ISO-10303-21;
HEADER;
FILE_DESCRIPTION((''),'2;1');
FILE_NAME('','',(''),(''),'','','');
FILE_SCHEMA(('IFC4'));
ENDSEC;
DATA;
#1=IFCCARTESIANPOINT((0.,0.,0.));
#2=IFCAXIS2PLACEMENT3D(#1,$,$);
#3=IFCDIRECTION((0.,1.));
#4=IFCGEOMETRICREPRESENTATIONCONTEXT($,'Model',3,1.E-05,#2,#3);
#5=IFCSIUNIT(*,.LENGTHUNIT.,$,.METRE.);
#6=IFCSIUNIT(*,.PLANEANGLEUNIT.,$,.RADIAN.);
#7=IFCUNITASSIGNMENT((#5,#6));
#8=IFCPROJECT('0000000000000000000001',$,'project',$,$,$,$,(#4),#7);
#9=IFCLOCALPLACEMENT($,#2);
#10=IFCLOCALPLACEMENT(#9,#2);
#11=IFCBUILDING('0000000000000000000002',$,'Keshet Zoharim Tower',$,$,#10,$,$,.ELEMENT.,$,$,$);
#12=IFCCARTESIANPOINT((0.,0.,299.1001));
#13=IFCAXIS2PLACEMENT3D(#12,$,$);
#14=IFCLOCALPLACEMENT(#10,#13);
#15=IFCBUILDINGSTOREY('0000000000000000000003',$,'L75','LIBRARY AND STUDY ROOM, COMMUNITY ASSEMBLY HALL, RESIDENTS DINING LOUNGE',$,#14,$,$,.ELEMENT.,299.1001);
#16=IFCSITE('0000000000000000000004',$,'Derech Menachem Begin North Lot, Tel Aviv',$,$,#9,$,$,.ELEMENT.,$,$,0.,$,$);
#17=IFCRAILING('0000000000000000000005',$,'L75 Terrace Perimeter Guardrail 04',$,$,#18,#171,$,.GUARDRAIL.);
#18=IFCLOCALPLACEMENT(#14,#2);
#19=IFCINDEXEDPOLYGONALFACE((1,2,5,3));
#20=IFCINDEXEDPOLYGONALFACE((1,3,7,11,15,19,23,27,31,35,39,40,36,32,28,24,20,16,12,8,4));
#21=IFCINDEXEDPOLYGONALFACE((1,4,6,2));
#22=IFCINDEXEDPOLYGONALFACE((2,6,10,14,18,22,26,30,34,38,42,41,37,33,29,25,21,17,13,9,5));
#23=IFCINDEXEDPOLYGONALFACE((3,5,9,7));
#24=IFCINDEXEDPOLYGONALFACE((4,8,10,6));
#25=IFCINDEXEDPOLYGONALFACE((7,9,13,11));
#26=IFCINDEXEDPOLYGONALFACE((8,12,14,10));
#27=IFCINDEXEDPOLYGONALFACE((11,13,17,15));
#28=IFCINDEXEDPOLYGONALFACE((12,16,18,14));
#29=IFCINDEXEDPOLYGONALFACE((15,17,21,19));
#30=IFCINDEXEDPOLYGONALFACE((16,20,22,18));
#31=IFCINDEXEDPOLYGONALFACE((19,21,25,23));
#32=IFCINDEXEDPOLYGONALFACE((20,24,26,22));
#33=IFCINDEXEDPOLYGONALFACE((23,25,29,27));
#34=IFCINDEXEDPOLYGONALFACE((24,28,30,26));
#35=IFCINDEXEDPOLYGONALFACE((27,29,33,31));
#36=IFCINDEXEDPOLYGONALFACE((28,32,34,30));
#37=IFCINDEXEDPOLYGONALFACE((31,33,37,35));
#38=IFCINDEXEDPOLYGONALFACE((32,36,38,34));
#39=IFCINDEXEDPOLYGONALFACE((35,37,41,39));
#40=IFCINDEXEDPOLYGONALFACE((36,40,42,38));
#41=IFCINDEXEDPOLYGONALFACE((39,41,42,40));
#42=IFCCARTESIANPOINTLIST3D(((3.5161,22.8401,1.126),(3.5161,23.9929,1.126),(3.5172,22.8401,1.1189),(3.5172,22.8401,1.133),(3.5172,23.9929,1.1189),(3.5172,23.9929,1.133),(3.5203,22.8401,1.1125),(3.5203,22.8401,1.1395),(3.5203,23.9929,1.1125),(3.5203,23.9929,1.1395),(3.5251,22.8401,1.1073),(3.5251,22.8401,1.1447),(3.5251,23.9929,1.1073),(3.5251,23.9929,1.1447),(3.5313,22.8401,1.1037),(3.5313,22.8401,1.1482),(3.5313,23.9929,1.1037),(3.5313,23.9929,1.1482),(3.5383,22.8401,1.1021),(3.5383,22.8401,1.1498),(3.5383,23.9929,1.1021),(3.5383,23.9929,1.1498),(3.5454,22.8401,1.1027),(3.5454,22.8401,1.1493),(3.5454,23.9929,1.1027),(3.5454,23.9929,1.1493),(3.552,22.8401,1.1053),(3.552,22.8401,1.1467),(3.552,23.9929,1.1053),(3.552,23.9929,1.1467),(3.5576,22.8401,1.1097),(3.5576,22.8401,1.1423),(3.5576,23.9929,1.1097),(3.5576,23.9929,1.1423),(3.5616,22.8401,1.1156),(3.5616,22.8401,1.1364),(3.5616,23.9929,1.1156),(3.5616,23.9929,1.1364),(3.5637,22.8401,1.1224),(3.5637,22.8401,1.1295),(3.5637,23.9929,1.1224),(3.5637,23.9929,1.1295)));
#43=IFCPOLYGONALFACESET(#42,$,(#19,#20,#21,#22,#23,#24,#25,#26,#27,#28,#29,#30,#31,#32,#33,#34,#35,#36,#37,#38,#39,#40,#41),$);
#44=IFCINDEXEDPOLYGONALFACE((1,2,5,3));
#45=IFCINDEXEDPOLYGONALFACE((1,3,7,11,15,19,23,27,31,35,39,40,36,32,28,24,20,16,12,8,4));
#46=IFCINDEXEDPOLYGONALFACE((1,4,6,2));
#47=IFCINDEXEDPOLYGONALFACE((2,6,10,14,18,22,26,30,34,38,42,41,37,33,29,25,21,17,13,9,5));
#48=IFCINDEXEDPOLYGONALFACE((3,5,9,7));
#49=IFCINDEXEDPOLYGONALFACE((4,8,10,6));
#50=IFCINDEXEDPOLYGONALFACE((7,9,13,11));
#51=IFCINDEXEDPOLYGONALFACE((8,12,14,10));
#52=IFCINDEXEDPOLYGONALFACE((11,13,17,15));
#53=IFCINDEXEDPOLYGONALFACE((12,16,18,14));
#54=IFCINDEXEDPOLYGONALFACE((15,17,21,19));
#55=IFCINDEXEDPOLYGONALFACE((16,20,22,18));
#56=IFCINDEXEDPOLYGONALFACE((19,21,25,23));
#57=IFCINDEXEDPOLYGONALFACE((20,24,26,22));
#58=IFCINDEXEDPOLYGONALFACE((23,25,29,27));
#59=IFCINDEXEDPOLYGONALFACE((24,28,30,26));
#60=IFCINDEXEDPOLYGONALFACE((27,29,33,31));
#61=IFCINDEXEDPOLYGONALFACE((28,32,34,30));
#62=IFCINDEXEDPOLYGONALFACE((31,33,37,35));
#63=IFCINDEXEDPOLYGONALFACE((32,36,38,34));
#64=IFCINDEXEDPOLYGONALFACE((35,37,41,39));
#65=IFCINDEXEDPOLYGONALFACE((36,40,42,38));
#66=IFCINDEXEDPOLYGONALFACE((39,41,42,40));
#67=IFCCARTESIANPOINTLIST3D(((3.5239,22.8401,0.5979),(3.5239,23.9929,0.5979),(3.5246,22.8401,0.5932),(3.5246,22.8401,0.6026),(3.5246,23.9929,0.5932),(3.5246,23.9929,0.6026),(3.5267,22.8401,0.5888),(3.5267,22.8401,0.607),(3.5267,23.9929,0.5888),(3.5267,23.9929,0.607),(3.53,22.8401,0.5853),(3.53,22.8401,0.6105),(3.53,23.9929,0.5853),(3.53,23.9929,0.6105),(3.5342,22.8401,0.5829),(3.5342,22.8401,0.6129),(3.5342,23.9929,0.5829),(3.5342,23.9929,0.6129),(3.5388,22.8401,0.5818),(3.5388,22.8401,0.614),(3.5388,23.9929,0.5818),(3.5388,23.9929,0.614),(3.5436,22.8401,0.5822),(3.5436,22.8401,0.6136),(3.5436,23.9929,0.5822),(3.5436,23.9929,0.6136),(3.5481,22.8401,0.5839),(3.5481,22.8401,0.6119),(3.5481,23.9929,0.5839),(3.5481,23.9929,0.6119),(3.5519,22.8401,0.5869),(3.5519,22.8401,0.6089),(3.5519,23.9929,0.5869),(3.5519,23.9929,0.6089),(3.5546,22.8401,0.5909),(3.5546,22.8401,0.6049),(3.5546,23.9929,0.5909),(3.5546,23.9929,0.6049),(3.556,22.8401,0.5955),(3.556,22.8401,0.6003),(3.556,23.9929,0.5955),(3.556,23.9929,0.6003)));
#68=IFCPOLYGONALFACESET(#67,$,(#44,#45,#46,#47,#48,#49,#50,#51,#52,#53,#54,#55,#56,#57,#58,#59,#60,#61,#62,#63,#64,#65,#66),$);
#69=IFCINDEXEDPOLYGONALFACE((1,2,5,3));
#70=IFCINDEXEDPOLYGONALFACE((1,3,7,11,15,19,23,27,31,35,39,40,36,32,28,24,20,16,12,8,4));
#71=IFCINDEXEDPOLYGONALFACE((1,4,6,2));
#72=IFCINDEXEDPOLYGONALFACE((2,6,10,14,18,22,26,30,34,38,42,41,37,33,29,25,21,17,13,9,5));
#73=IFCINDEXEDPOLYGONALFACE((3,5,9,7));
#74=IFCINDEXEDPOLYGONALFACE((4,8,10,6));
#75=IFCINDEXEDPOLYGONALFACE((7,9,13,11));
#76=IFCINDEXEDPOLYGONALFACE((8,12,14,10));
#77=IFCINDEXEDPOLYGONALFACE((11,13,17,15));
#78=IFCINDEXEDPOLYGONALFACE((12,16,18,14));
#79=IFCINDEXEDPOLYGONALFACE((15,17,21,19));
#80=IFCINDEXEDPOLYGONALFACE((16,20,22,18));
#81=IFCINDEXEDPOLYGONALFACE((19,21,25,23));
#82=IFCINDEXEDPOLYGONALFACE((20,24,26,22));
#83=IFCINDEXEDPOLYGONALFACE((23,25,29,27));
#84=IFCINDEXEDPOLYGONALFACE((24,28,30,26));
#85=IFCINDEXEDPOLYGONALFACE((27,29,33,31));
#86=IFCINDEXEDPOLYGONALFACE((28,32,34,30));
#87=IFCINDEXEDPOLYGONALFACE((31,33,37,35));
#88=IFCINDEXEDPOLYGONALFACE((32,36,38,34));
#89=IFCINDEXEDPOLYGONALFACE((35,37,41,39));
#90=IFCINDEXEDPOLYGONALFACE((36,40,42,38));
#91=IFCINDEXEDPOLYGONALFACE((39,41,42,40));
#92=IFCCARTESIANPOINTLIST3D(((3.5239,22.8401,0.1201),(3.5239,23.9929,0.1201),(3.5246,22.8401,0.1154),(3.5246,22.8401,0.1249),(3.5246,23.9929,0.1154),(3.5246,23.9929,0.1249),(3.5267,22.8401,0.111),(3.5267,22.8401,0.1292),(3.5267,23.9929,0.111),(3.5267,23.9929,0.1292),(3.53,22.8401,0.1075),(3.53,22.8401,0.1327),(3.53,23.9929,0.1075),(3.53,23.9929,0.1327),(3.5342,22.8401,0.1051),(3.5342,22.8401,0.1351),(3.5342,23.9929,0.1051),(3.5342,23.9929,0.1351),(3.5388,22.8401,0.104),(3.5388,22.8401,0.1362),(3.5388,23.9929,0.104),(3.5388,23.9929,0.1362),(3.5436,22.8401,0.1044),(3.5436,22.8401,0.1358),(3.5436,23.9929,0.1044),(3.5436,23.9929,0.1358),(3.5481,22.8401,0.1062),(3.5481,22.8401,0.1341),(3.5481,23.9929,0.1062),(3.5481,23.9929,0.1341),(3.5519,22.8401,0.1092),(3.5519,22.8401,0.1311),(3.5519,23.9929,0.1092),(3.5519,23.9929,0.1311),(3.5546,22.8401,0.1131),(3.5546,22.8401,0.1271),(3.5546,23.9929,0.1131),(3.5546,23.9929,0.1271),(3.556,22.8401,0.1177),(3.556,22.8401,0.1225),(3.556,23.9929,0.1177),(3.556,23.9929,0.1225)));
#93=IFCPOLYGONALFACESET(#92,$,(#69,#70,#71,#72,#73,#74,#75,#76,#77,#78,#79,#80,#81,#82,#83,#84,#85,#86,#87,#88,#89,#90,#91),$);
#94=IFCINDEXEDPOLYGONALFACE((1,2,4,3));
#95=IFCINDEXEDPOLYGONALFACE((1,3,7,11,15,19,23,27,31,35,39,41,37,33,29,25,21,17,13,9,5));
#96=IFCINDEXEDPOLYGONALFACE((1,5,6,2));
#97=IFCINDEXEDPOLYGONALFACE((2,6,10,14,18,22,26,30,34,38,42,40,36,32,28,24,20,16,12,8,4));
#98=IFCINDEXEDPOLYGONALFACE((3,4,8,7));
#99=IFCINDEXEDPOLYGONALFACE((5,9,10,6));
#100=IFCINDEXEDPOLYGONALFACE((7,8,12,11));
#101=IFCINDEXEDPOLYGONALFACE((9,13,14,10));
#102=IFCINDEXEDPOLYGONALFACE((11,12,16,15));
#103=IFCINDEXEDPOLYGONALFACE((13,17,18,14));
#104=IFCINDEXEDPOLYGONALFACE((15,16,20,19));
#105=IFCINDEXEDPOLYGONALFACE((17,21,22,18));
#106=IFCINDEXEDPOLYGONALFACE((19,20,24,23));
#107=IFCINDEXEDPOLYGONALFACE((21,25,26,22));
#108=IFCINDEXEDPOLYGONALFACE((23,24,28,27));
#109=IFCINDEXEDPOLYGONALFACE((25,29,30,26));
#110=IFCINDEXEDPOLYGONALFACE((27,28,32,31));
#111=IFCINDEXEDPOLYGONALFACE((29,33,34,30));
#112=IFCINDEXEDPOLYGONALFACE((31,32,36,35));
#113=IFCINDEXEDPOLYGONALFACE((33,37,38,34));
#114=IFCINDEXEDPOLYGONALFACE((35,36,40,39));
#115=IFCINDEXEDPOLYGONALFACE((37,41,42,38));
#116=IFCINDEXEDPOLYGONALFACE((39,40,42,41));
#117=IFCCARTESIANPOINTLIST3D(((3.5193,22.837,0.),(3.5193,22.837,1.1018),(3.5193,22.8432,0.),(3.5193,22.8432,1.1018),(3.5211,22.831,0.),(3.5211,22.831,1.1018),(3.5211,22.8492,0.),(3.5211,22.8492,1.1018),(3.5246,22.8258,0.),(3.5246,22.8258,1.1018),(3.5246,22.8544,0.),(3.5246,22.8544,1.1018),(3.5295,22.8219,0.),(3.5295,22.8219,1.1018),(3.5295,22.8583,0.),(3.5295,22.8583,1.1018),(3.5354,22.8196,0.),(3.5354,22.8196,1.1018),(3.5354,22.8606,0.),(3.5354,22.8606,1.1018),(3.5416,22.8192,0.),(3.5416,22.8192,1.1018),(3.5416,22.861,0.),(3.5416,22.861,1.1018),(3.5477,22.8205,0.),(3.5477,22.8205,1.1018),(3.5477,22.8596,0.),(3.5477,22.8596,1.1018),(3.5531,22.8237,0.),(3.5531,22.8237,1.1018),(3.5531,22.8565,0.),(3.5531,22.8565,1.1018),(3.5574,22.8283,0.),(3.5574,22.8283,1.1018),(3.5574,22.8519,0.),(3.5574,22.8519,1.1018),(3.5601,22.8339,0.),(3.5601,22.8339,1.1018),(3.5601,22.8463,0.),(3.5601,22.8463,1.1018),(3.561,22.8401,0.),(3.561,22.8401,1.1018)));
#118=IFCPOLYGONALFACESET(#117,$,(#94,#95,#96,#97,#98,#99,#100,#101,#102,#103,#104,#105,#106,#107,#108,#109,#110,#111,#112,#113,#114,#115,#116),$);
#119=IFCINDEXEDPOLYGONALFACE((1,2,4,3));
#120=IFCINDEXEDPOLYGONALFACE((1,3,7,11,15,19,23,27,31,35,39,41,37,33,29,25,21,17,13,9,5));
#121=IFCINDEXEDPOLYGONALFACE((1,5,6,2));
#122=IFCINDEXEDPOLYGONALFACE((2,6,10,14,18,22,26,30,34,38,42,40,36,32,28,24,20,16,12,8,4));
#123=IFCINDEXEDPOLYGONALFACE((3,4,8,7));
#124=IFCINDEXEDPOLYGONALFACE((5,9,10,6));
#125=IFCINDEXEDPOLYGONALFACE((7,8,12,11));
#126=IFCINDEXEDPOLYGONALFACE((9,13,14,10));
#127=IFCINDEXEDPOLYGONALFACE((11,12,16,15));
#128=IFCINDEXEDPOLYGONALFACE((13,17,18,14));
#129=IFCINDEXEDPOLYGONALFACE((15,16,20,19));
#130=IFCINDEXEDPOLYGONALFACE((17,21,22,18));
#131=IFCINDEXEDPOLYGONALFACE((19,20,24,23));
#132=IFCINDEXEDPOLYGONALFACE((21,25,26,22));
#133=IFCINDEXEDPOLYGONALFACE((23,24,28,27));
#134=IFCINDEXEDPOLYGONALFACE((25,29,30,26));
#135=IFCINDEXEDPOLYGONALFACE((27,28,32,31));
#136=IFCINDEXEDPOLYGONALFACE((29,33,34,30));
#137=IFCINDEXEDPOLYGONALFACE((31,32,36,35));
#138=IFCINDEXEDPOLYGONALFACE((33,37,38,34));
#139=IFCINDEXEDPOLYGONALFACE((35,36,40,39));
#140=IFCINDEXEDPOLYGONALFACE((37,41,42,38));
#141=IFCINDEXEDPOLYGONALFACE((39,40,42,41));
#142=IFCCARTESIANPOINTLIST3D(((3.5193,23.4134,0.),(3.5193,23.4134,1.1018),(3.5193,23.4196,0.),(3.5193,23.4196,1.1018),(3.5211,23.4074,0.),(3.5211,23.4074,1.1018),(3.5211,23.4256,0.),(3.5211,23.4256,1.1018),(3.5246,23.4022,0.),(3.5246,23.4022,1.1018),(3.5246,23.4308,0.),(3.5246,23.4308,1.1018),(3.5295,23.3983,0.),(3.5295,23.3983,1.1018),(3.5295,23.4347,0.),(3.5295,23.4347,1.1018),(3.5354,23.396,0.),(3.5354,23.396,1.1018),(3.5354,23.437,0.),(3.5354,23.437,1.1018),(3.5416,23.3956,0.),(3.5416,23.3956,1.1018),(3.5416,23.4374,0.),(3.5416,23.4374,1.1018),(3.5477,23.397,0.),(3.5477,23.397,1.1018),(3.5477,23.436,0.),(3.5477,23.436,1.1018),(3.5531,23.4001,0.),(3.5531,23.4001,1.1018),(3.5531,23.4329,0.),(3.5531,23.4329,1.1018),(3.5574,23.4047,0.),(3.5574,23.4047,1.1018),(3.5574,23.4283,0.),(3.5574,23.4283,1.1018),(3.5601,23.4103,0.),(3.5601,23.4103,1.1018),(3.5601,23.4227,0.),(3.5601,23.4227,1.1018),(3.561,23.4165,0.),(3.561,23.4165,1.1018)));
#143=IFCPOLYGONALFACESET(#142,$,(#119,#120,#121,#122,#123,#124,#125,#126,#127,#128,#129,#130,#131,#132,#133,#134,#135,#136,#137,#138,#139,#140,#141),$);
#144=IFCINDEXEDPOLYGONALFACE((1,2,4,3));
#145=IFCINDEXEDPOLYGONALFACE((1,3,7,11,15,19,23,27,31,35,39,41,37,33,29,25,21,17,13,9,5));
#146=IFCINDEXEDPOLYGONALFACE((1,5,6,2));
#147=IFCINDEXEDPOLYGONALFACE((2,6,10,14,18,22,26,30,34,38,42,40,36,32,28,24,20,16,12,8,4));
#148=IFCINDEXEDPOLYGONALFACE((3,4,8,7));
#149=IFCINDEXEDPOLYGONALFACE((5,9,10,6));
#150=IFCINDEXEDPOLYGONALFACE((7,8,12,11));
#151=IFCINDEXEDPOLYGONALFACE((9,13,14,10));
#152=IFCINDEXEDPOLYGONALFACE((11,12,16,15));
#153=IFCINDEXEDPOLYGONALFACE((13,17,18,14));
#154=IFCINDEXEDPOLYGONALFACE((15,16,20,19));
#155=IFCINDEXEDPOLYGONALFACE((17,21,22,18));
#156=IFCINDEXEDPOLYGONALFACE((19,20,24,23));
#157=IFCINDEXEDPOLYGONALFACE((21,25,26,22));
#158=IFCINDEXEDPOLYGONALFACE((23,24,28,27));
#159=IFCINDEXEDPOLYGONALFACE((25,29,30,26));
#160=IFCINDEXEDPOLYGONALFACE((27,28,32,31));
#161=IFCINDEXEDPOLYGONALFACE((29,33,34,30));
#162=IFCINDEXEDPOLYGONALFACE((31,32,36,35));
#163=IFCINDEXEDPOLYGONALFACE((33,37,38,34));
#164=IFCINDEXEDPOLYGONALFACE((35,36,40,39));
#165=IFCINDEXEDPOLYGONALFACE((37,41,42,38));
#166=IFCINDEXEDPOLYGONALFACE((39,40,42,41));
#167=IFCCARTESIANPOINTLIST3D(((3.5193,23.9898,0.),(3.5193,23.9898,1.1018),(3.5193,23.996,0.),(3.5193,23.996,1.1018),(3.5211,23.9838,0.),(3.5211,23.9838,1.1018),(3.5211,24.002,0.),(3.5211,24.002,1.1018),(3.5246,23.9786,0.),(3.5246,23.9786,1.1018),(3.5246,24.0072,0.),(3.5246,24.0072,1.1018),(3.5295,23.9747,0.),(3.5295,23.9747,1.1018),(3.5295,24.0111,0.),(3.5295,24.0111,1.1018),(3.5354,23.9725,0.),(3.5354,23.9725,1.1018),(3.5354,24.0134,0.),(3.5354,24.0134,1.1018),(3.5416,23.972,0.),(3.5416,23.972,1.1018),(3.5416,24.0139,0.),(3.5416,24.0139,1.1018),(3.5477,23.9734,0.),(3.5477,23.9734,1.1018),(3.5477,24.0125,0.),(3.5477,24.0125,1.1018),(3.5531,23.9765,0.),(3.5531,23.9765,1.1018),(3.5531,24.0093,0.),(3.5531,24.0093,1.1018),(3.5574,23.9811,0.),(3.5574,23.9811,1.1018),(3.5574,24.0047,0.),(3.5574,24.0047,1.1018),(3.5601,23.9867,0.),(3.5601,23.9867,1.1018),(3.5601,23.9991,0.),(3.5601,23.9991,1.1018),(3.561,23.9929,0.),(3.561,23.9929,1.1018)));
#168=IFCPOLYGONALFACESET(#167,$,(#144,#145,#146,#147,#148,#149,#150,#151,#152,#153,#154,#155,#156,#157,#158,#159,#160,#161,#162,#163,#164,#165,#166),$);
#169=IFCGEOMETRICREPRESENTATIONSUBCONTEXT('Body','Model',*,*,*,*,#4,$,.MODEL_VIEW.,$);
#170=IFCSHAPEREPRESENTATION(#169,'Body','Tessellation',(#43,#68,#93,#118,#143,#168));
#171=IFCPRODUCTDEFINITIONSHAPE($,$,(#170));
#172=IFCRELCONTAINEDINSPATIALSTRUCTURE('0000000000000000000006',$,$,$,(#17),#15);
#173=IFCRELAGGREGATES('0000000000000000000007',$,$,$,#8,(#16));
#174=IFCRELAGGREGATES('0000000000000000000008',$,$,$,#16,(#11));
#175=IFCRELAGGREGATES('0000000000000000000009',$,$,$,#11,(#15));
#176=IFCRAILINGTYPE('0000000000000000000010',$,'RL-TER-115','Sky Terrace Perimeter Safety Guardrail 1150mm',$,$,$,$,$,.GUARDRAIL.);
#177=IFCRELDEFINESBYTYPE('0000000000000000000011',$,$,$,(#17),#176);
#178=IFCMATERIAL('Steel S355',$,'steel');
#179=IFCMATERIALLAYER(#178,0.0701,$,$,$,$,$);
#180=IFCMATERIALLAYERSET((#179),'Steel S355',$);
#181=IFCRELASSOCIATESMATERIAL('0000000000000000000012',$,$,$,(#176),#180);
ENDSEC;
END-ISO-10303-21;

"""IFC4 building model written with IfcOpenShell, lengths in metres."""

from ifc_helpers import new_model, si_unit, direction, frame, origin, origin_2d, place, context, subcontext, project, spatial, circle, extrude, material, layer, layer_set, type_object, element, save


model = new_model("IFC4")

# Units and contexts
model_context = context("Model", 3, precision=1e-05, world=origin(), true_north=direction((0.0, 1.0)))
body_context = subcontext(model_context, "Body", "Model", "MODEL_VIEW")
ifc_project = project(units=[si_unit("LENGTHUNIT", "METRE"), si_unit("PLANEANGLEUNIT", "RADIAN")], contexts=[model_context])

# Site, building, storey
site_placement = place(None, origin())
site = spatial("IfcSite", under=ifc_project, at=site_placement, Name="Derech Menachem Begin North Lot, Tel Aviv", CompositionType="ELEMENT", RefElevation=0.0)
building_placement = place(site_placement, origin())
building = spatial("IfcBuilding", under=site, at=building_placement, Name="Keshet Zoharim Tower", CompositionType="ELEMENT")
storey_placement = place(building_placement, frame((0.0, 0.0, 299.1001)))
storey = spatial("IfcBuildingStorey", under=building, at=storey_placement, Name="L75", Description="LIBRARY AND STUDY ROOM, COMMUNITY ASSEMBLY HALL, RESIDENTS DINING LOUNGE", CompositionType="ELEMENT", Elevation=299.1001)

# Shared definitions
ifc_material_1 = material(Name="Steel S355", Category="steel")

# Railing
ifc_layer_1 = layer(ifc_material_1, 0.0701)
ifc_layer_set_1 = layer_set([ifc_layer_1], Name="Steel S355")
railing_type = type_object("IfcRailingType", Name="RL-TER-115", Description="Sky Terrace Perimeter Safety Guardrail 1150mm", PredefinedType="GUARDRAIL", material=ifc_layer_set_1)
railing_1_placement = place(storey_placement, frame((3.54, 22.8401, 0.0)))
element("IfcRailing", 1, at=railing_1_placement, inside=storey, type_object=railing_type, Name="L75 Terrace Perimeter Guardrail 04", PredefinedType="GUARDRAIL", context=body_context, shape_type="SweptSolid", body=[
    extrude(circle(Radius=0.0239, at=origin_2d()), frame((0.0, 0.0, 1.126), z_axis=(0.0, 1.0, 0.0), x_axis=(-1.0, 0.0, 0.0)), (0.0, 0.0, 1.0), 1.1528),
    extrude(circle(Radius=0.0161, at=origin_2d()), frame((0.0, 0.0, 0.5979), z_axis=(0.0, 1.0, 0.0), x_axis=(-1.0, 0.0, 0.0)), (0.0, 0.0, 1.0), 1.1528),
    extrude(circle(Radius=0.0161, at=origin_2d()), frame((0.0, 0.0, 0.1201), z_axis=(0.0, 1.0, 0.0), x_axis=(-1.0, 0.0, 0.0)), (0.0, 0.0, 1.0), 1.1528),
    extrude(circle(Radius=0.021, at=origin_2d()), origin(), (0.0, 0.0, 1.0), 1.1018),
    extrude(circle(Radius=0.021, at=origin_2d()), frame((0.0, 0.5764, 0.0)), (0.0, 0.0, 1.0), 1.1018),
    extrude(circle(Radius=0.021, at=origin_2d()), frame((0.0, 1.1528, 0.0)), (0.0, 0.0, 1.0), 1.1018),
])

save(model, "model.ifc")
